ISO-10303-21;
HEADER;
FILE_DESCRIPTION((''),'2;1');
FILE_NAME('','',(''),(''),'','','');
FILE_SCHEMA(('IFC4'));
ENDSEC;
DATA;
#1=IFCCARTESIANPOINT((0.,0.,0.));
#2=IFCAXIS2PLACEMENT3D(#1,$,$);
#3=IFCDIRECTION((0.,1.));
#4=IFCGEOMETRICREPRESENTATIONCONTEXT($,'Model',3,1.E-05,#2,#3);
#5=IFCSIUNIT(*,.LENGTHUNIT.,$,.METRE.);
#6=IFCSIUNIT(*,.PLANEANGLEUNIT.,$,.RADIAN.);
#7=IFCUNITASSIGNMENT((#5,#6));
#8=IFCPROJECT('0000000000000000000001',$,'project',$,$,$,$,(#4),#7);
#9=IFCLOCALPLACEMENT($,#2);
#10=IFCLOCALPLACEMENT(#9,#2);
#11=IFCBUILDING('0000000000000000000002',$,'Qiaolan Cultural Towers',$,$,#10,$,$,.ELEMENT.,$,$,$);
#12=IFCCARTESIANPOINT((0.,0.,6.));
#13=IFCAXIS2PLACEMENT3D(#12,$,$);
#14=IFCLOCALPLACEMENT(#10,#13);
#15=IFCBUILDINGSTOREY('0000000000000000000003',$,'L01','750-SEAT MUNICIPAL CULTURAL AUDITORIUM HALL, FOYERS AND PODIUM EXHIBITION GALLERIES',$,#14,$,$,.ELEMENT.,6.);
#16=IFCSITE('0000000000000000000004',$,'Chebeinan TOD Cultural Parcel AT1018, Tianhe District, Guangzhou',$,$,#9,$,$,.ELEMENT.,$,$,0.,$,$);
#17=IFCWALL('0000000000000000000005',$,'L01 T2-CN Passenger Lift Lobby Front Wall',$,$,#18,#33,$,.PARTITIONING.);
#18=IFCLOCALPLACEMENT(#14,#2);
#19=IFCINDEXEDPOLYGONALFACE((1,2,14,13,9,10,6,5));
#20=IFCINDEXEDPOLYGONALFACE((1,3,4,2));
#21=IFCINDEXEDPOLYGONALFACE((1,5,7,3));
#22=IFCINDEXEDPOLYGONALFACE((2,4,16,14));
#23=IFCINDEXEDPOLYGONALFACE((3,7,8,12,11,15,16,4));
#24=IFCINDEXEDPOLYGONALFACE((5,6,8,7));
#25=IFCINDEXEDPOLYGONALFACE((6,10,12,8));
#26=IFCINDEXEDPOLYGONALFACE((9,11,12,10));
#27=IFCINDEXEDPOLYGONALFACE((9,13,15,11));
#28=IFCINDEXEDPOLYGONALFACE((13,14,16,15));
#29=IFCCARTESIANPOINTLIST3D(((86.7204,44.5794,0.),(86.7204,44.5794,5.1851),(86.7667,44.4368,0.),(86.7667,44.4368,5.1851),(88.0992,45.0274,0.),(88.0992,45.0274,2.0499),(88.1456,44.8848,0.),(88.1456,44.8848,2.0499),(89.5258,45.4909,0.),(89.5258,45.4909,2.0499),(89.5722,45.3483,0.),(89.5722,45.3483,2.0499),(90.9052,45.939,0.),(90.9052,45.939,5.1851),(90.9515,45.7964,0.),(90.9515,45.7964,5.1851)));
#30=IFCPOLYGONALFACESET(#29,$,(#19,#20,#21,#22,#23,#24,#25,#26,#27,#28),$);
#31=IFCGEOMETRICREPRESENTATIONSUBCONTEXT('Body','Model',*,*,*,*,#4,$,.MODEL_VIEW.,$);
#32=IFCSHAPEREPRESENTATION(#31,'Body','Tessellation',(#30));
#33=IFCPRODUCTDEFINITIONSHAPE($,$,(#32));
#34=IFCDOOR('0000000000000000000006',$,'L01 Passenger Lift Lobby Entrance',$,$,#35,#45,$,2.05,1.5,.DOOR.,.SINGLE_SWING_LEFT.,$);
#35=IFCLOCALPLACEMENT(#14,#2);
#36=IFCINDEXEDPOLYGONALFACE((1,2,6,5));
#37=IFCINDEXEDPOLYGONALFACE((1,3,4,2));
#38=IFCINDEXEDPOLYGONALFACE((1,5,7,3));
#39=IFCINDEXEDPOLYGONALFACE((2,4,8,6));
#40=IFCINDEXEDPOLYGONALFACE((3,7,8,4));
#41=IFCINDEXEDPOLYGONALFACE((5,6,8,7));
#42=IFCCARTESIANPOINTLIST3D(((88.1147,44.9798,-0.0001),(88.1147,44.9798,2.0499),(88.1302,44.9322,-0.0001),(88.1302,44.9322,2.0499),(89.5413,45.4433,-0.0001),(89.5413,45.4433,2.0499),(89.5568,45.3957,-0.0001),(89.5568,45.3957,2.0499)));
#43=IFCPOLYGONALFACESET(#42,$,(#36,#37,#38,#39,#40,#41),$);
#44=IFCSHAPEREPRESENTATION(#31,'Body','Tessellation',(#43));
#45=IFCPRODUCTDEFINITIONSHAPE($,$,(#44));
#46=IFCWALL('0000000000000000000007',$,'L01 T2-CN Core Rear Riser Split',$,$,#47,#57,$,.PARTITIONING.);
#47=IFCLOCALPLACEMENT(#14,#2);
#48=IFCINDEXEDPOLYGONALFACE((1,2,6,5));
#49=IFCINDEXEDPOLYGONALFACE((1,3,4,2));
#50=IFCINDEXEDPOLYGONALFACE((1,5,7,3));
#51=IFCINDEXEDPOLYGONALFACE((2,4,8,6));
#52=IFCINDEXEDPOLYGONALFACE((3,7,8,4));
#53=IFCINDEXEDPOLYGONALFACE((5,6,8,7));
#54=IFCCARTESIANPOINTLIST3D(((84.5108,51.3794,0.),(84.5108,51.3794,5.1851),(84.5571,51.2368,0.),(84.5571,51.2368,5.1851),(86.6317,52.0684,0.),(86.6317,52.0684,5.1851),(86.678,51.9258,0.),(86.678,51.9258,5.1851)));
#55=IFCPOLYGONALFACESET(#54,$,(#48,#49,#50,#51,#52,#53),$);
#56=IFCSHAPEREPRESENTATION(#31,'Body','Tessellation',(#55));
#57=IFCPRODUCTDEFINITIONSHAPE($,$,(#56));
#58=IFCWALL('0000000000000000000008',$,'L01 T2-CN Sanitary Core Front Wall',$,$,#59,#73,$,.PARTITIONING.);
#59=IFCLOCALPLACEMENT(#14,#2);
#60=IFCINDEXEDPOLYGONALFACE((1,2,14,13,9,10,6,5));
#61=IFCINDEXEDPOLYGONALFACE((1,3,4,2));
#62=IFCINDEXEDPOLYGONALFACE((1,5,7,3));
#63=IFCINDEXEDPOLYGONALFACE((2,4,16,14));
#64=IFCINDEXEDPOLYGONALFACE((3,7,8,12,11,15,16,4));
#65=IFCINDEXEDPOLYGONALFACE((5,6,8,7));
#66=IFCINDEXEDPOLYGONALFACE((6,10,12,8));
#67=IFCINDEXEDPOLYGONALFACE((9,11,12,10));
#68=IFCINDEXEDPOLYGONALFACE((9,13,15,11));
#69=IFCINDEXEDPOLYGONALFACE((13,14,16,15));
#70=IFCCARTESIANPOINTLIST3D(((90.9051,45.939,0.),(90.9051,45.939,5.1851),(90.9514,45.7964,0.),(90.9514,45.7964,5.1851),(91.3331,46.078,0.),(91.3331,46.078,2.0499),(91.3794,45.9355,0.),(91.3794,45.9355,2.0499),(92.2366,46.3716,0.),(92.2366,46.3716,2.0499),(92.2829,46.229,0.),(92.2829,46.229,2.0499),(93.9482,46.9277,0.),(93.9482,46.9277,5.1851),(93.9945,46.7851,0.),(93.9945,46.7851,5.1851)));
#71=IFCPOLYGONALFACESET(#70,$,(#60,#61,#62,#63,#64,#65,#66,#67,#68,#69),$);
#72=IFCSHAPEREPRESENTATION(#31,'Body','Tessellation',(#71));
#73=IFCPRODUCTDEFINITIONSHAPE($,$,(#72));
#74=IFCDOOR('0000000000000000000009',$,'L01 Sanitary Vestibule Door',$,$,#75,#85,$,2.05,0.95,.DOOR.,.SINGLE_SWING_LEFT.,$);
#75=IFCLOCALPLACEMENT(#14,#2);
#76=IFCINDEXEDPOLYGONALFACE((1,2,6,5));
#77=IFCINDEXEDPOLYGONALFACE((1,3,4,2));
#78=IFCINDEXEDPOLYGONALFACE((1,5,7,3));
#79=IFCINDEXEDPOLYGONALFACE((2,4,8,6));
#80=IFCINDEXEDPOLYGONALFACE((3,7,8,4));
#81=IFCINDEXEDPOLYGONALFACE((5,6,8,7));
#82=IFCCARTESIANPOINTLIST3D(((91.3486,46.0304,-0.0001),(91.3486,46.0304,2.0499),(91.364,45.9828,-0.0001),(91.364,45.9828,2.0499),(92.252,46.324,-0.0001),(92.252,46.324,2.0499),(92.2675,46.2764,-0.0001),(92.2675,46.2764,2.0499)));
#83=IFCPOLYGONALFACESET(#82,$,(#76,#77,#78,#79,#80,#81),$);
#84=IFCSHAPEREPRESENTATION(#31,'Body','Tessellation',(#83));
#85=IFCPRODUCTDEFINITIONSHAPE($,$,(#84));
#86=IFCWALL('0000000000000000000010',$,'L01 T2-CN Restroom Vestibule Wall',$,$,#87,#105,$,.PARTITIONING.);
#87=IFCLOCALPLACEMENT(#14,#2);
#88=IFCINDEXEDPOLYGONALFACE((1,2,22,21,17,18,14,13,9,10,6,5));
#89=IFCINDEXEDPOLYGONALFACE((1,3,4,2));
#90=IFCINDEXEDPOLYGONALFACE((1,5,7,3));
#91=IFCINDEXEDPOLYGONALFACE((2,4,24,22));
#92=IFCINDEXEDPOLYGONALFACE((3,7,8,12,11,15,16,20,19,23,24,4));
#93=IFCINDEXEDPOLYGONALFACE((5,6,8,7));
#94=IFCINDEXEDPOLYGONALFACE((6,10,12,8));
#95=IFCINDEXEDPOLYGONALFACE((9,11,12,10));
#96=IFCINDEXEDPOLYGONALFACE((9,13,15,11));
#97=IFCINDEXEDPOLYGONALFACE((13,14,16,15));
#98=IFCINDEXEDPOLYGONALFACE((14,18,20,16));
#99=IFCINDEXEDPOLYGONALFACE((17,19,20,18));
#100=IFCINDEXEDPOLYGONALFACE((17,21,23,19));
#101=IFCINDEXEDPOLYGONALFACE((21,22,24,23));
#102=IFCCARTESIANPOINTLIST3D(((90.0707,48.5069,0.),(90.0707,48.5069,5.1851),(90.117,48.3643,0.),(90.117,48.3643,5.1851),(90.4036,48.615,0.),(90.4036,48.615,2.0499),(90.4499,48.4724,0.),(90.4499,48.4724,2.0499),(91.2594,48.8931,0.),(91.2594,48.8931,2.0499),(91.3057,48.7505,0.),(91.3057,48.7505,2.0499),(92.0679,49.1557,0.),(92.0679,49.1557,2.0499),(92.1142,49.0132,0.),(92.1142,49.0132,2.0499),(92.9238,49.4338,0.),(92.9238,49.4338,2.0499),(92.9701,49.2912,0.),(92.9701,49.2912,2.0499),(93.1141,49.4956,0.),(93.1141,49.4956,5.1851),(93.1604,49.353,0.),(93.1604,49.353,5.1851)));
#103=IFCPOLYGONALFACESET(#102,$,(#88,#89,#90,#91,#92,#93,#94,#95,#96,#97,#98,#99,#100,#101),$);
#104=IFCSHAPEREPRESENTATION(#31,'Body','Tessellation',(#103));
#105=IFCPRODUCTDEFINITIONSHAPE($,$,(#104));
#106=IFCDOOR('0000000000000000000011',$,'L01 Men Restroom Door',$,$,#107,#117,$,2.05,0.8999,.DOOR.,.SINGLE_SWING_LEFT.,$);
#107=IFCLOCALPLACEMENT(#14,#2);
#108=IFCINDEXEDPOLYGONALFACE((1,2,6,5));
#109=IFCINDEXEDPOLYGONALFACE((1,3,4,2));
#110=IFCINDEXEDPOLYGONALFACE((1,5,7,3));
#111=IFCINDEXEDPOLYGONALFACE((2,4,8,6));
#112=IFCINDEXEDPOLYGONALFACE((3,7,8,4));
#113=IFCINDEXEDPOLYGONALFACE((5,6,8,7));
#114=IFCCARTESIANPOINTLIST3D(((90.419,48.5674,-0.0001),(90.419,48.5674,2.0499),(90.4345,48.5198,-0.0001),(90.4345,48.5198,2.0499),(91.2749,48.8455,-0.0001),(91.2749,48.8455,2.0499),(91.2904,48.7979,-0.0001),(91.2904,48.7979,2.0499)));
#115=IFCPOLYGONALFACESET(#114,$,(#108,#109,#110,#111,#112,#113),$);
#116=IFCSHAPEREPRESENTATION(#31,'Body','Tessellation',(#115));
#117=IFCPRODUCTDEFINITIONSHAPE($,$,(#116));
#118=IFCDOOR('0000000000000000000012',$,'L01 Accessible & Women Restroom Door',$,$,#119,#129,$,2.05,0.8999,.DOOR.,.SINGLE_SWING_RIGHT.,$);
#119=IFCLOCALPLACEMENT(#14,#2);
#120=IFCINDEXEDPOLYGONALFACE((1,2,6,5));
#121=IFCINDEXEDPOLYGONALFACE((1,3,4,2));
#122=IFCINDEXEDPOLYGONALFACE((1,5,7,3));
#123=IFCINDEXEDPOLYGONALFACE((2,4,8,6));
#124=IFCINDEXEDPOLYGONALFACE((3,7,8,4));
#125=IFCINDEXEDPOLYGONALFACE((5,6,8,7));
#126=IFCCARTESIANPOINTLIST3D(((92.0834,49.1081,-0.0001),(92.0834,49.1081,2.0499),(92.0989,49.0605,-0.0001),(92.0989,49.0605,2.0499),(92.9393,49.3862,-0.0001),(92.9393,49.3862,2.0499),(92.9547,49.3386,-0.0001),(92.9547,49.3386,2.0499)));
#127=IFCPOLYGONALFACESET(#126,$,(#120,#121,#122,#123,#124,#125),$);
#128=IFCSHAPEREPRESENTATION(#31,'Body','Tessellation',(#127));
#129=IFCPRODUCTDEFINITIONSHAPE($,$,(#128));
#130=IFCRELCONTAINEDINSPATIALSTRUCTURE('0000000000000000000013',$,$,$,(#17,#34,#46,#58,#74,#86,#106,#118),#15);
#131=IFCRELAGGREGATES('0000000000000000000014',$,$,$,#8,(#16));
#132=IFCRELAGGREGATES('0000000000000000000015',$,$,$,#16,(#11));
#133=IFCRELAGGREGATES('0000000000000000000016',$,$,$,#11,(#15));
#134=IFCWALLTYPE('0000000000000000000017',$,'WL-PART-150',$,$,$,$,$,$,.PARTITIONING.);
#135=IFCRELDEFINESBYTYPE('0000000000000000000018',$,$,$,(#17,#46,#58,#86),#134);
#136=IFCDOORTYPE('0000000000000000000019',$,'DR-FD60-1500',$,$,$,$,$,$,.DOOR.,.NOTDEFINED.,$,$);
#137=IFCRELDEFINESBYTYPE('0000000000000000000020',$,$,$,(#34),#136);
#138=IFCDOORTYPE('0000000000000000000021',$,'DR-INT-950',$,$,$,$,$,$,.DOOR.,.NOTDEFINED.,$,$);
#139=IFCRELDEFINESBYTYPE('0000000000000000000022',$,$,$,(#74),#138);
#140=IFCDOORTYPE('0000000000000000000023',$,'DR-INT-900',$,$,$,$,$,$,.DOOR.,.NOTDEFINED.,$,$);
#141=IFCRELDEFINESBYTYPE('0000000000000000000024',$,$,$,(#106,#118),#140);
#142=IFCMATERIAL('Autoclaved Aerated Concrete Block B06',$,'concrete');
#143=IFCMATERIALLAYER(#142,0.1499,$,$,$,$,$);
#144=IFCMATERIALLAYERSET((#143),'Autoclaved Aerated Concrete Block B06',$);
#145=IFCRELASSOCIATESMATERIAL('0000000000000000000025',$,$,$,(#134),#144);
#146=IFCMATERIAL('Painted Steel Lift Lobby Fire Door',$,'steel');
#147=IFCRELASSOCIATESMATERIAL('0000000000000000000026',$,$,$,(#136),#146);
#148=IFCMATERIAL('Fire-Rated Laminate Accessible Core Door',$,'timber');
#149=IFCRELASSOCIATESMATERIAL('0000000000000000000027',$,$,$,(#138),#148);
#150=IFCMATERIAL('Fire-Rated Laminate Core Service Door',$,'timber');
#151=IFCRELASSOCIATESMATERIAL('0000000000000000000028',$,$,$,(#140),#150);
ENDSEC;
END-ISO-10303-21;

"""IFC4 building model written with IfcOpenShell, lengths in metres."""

from ifc_helpers import new_model, si_unit, direction, frame, frame_2d, origin, place, context, subcontext, project, spatial, rectangle, extrude, material, layer, layer_set, type_object, element, fill, save


model = new_model("IFC4")

# Units and contexts
model_context = context("Model", 3, precision=1e-05, world=origin(), true_north=direction((0.0, 1.0)))
body_context = subcontext(model_context, "Body", "Model", "MODEL_VIEW")
ifc_project = project(units=[si_unit("LENGTHUNIT", "METRE"), si_unit("PLANEANGLEUNIT", "RADIAN")], contexts=[model_context])

# Site, building, storey
site_placement = place(None, origin())
site = spatial("IfcSite", under=ifc_project, at=site_placement, Name="Chebeinan TOD Cultural Parcel AT1018, Tianhe District, Guangzhou", CompositionType="ELEMENT", RefElevation=0.0)
building_placement = place(site_placement, origin())
building = spatial("IfcBuilding", under=site, at=building_placement, Name="Qiaolan Cultural Towers", CompositionType="ELEMENT")
storey_placement = place(building_placement, frame((0.0, 0.0, 6.0)))
storey = spatial("IfcBuildingStorey", under=building, at=storey_placement, Name="L01", Description="750-SEAT MUNICIPAL CULTURAL AUDITORIUM HALL, FOYERS AND PODIUM EXHIBITION GALLERIES", CompositionType="ELEMENT", Elevation=6.0)

# Wall, opening, door
ifc_material_1 = material(Name="Autoclaved Aerated Concrete Block B06", Category="concrete")
ifc_layer_1 = layer(ifc_material_1, 0.1499)
ifc_layer_set_1 = layer_set([ifc_layer_1], Name="Autoclaved Aerated Concrete Block B06")
wall_type_1 = type_object("IfcWallType", Name="WL-PART-150", PredefinedType="PARTITIONING", material=ifc_layer_set_1)
wall_1_placement = place(storey_placement, frame((86.7434, 44.5081, 0.0), z_axis=(0.0, 0.0, 1.0), x_axis=(0.951064, 0.308994, 0.0)))
wall_1 = element("IfcWall", 1, at=wall_1_placement, inside=storey, type_object=wall_type_1, Name="L01 T2-CN Passenger Lift Lobby Front Wall", PredefinedType="PARTITIONING", context=body_context, shape_type="SweptSolid", body=[
    extrude(rectangle(XDim=4.4001, YDim=0.1499, at=frame_2d((2.2002, 0.0))), origin(), (0.0, 0.0, 1.0), 5.1851),
])
opening_1_placement = place(wall_1_placement, frame((1.45, 0.0, 0.0)))
opening_1 = element("IfcOpeningElement", 2, at=opening_1_placement, cuts=wall_1, PredefinedType="OPENING", context=body_context, shape_type="SweptSolid", body=[
    extrude(rectangle(XDim=1.5, YDim=2.05, at=frame_2d((0.75, 1.0249))), frame((0.0, 0.085, 0.0), z_axis=(0.0, -1.0, 0.0), x_axis=(1.0, 0.0, 0.0)), (0.0, 0.0, 1.0), 0.1699),
])
ifc_material_2 = material(Name="Painted Steel Lift Lobby Fire Door", Category="steel")
door_type_1 = type_object("IfcDoorType", Name="DR-FD60-1500", OperationType="NOTDEFINED", PredefinedType="DOOR", material=ifc_material_2)
door_1_placement = place(opening_1_placement, origin())
door_1 = element("IfcDoor", 3, at=door_1_placement, inside=storey, type_object=door_type_1, Name="L01 Passenger Lift Lobby Entrance", OperationType="SINGLE_SWING_LEFT", OverallHeight=2.05, OverallWidth=1.5, PredefinedType="DOOR", context=body_context, shape_type="SweptSolid", body=[
    extrude(rectangle(XDim=1.5, YDim=2.05, at=frame_2d((0.75, 1.0249))), frame((0.0, 0.0249, 0.0), z_axis=(0.0, -1.0, 0.0), x_axis=(1.0, 0.0, 0.0)), (0.0, 0.0, 1.0), 0.05),
])
fill(opening_1, door_1)

# Wall
wall_2_placement = place(storey_placement, frame((84.5339, 51.3081, 0.0), z_axis=(0.0, 0.0, 1.0), x_axis=(0.951075, 0.30896, 0.0)))
element("IfcWall", 4, at=wall_2_placement, inside=storey, type_object=wall_type_1, Name="L01 T2-CN Core Rear Riser Split", PredefinedType="PARTITIONING", context=body_context, shape_type="SweptSolid", body=[
    extrude(rectangle(XDim=2.23, YDim=0.1499, at=frame_2d((1.115, 0.0))), origin(), (0.0, 0.0, 1.0), 5.1851),
])

# Wall, opening, door
wall_3_placement = place(storey_placement, frame((90.9282, 45.8677, 0.0), z_axis=(0.0, 0.0, 1.0), x_axis=(0.951059, 0.309008, 0.0)))
wall_3 = element("IfcWall", 5, at=wall_3_placement, inside=storey, type_object=wall_type_1, Name="L01 T2-CN Sanitary Core Front Wall", PredefinedType="PARTITIONING", context=body_context, shape_type="SweptSolid", body=[
    extrude(rectangle(XDim=3.1997, YDim=0.1499, at=frame_2d((1.5999, 0.0))), origin(), (0.0, 0.0, 1.0), 5.1851),
])
opening_2_placement = place(wall_3_placement, frame((0.45, 0.0, 0.0)))
opening_2 = element("IfcOpeningElement", 6, at=opening_2_placement, cuts=wall_3, PredefinedType="OPENING", context=body_context, shape_type="SweptSolid", body=[
    extrude(rectangle(XDim=0.95, YDim=2.05, at=frame_2d((0.4751, 1.0249))), frame((0.0, 0.085, 0.0), z_axis=(0.0, -1.0, 0.0), x_axis=(1.0, 0.0, 0.0)), (0.0, 0.0, 1.0), 0.1699),
])
ifc_material_3 = material(Name="Fire-Rated Laminate Accessible Core Door", Category="timber")
door_type_2 = type_object("IfcDoorType", Name="DR-INT-950", OperationType="NOTDEFINED", PredefinedType="DOOR", material=ifc_material_3)
door_2_placement = place(opening_2_placement, origin())
door_2 = element("IfcDoor", 7, at=door_2_placement, inside=storey, type_object=door_type_2, Name="L01 Sanitary Vestibule Door", OperationType="SINGLE_SWING_LEFT", OverallHeight=2.05, OverallWidth=0.95, PredefinedType="DOOR", context=body_context, shape_type="SweptSolid", body=[
    extrude(rectangle(XDim=0.95, YDim=2.05, at=frame_2d((0.4751, 1.0249))), frame((0.0, 0.0249, 0.0), z_axis=(0.0, -1.0, 0.0), x_axis=(1.0, 0.0, 0.0)), (0.0, 0.0, 1.0), 0.05),
])
fill(opening_2, door_2)

# Wall, openings, doors
wall_4_placement = place(storey_placement, frame((90.0938, 48.4355, 0.0), z_axis=(0.0, 0.0, 1.0), x_axis=(0.951067, 0.308986, 0.0)))
wall_4 = element("IfcWall", 8, at=wall_4_placement, inside=storey, type_object=wall_type_1, Name="L01 T2-CN Restroom Vestibule Wall", PredefinedType="PARTITIONING", context=body_context, shape_type="SweptSolid", body=[
    extrude(rectangle(XDim=3.2, YDim=0.1499, at=frame_2d((1.6001, 0.0))), origin(), (0.0, 0.0, 1.0), 5.1851),
])
opening_3_placement = place(wall_4_placement, frame((0.3501, 0.0, 0.0)))
opening_3 = element("IfcOpeningElement", 9, at=opening_3_placement, cuts=wall_4, PredefinedType="OPENING", context=body_context, shape_type="SweptSolid", body=[
    extrude(rectangle(XDim=0.8999, YDim=2.05, at=frame_2d((0.45, 1.0249))), frame((0.0, 0.085, 0.0), z_axis=(0.0, -1.0, 0.0), x_axis=(1.0, 0.0, 0.0)), (0.0, 0.0, 1.0), 0.1699),
])
opening_4_placement = place(wall_4_placement, frame((2.1001, 0.0, 0.0)))
opening_4 = element("IfcOpeningElement", 10, at=opening_4_placement, cuts=wall_4, PredefinedType="OPENING", context=body_context, shape_type="SweptSolid", body=[
    extrude(rectangle(XDim=0.8999, YDim=2.05, at=frame_2d((0.45, 1.0249))), frame((0.0, 0.085, 0.0), z_axis=(0.0, -1.0, 0.0), x_axis=(1.0, 0.0, 0.0)), (0.0, 0.0, 1.0), 0.1699),
])
ifc_material_4 = material(Name="Fire-Rated Laminate Core Service Door", Category="timber")
door_type_3 = type_object("IfcDoorType", Name="DR-INT-900", OperationType="NOTDEFINED", PredefinedType="DOOR", material=ifc_material_4)
door_3_placement = place(opening_3_placement, origin())
door_3 = element("IfcDoor", 11, at=door_3_placement, inside=storey, type_object=door_type_3, Name="L01 Men Restroom Door", OperationType="SINGLE_SWING_LEFT", OverallHeight=2.05, OverallWidth=0.8999, PredefinedType="DOOR", context=body_context, shape_type="SweptSolid", body=[
    extrude(rectangle(XDim=0.8999, YDim=2.05, at=frame_2d((0.45, 1.0249))), frame((0.0, 0.0249, 0.0), z_axis=(0.0, -1.0, 0.0), x_axis=(1.0, 0.0, 0.0)), (0.0, 0.0, 1.0), 0.05),
])
fill(opening_3, door_3)
door_4_placement = place(opening_4_placement, origin())
door_4 = element("IfcDoor", 12, at=door_4_placement, inside=storey, type_object=door_type_3, Name="L01 Accessible & Women Restroom Door", OperationType="SINGLE_SWING_RIGHT", OverallHeight=2.05, OverallWidth=0.8999, PredefinedType="DOOR", context=body_context, shape_type="SweptSolid", body=[
    extrude(rectangle(XDim=0.8999, YDim=2.05, at=frame_2d((0.45, 1.0249))), frame((0.0, 0.0249, 0.0), z_axis=(0.0, -1.0, 0.0), x_axis=(1.0, 0.0, 0.0)), (0.0, 0.0, 1.0), 0.05),
])
fill(opening_4, door_4)

save(model, "model.ifc")
